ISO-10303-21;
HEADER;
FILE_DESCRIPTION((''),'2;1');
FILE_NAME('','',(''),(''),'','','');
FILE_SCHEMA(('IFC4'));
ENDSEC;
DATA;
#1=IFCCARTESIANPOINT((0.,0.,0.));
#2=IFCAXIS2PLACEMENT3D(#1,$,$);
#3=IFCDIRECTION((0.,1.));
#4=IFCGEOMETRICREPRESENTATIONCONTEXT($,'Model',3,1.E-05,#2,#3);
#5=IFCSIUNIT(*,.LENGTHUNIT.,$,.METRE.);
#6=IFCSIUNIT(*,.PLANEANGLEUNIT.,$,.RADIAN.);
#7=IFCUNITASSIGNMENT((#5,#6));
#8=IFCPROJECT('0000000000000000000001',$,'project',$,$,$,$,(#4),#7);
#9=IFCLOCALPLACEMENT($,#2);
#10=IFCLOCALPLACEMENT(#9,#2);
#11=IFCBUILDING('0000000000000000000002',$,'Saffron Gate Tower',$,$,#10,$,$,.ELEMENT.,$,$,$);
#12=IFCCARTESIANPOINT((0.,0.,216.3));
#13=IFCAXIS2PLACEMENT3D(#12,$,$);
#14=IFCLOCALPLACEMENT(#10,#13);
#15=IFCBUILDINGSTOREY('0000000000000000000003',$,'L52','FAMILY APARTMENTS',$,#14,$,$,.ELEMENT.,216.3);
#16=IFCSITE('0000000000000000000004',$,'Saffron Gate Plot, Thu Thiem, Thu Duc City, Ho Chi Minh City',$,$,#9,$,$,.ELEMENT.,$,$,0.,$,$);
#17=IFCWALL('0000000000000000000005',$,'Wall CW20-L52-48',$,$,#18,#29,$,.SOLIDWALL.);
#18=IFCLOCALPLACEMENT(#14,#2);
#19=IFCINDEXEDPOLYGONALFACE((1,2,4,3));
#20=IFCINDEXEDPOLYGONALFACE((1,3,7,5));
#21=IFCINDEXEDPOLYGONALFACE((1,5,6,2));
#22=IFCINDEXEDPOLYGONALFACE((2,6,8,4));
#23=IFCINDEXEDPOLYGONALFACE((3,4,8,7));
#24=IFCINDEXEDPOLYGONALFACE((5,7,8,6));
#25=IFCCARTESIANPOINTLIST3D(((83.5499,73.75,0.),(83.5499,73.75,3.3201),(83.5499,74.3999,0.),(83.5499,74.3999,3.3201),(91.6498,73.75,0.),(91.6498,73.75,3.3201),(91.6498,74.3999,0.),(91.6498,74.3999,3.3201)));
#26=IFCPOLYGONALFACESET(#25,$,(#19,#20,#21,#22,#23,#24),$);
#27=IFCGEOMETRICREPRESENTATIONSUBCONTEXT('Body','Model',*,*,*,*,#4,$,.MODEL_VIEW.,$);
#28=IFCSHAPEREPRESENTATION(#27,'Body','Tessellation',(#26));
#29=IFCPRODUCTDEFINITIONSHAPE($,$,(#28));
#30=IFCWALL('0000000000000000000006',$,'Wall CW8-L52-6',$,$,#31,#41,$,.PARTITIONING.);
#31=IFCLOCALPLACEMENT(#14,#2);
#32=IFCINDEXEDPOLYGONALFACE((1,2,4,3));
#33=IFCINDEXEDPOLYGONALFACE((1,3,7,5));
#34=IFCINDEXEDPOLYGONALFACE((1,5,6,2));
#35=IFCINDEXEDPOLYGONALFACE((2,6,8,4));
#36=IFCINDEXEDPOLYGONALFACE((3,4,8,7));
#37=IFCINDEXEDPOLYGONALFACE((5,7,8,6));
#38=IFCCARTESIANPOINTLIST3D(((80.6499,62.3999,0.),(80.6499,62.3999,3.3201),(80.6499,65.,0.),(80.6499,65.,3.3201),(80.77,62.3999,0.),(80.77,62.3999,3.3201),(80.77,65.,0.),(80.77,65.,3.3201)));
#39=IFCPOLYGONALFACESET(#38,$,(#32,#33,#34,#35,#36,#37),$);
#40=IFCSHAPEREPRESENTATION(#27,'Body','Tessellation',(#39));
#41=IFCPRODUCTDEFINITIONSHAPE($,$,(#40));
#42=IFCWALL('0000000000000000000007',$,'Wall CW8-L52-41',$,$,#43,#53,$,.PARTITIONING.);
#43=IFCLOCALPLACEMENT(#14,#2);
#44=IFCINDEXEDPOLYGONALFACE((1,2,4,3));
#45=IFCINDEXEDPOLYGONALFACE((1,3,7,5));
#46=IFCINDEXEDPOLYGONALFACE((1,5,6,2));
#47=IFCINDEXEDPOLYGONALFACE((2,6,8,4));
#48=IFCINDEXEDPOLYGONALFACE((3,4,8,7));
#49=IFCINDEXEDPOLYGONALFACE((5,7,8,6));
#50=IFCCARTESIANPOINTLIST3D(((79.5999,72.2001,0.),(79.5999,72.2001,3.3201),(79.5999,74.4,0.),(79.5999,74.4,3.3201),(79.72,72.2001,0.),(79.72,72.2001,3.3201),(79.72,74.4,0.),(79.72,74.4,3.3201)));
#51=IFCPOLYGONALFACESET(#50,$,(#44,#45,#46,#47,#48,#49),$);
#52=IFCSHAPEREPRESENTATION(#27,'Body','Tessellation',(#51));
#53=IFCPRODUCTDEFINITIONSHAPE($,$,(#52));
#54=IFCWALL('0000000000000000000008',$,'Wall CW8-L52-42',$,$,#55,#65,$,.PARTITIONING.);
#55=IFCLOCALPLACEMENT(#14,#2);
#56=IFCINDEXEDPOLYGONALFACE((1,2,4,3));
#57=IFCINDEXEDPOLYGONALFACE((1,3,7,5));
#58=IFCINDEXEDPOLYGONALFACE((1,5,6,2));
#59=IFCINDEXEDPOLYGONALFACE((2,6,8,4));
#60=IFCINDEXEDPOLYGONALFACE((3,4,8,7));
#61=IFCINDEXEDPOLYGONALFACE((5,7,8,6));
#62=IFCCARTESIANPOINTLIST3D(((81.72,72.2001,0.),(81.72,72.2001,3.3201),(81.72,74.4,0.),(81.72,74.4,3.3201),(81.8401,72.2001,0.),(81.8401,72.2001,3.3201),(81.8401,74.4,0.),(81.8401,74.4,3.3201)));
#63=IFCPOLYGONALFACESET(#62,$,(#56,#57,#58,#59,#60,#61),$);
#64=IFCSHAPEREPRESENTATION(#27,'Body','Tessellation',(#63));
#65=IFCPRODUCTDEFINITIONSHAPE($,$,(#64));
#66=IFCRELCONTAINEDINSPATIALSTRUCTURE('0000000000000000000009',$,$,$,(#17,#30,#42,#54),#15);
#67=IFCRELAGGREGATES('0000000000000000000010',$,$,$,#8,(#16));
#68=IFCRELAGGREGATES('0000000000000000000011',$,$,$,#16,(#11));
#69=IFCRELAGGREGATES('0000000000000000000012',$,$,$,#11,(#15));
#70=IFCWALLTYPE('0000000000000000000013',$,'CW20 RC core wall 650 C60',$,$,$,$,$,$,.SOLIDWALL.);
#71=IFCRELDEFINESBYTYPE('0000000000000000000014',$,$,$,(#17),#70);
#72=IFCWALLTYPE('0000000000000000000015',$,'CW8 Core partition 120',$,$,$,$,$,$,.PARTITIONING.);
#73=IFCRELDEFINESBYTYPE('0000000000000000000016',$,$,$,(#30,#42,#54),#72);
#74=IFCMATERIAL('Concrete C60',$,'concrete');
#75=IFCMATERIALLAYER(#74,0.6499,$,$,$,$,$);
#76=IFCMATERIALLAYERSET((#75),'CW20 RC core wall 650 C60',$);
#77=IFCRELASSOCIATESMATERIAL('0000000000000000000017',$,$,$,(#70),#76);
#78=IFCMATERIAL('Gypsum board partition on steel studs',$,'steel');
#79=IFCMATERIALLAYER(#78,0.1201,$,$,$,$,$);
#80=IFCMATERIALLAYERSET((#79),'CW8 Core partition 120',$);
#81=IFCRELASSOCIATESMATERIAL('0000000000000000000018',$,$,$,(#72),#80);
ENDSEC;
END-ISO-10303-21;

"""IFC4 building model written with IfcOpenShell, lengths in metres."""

from ifc_helpers import new_model, si_unit, direction, frame, frame_2d, origin, place, context, subcontext, project, spatial, rectangle, extrude, material, layer, layer_set, type_object, element, save


model = new_model("IFC4")

# Units and contexts
model_context = context("Model", 3, precision=1e-05, world=origin(), true_north=direction((0.0, 1.0)))
body_context = subcontext(model_context, "Body", "Model", "MODEL_VIEW")
ifc_project = project(units=[si_unit("LENGTHUNIT", "METRE"), si_unit("PLANEANGLEUNIT", "RADIAN")], contexts=[model_context])

# Site, building, storey
site_placement = place(None, origin())
site = spatial("IfcSite", under=ifc_project, at=site_placement, Name="Saffron Gate Plot, Thu Thiem, Thu Duc City, Ho Chi Minh City", CompositionType="ELEMENT", RefElevation=0.0)
building_placement = place(site_placement, origin())
building = spatial("IfcBuilding", under=site, at=building_placement, Name="Saffron Gate Tower", CompositionType="ELEMENT")
storey_placement = place(building_placement, frame((0.0, 0.0, 216.3)))
storey = spatial("IfcBuildingStorey", under=building, at=storey_placement, Name="L52", Description="FAMILY APARTMENTS", CompositionType="ELEMENT", Elevation=216.3)

# Shared definitions
ifc_material_1 = material(Name="Gypsum board partition on steel studs", Category="steel")

# Shared definitions
ifc_material_2 = material(Name="Concrete C60", Category="concrete")

# Walls
ifc_layer_1 = layer(ifc_material_2, 0.6499)
ifc_layer_set_1 = layer_set([ifc_layer_1], Name="CW20 RC core wall 650 C60")
wall_type_1 = type_object("IfcWallType", Name="CW20 RC core wall 650 C60", PredefinedType="SOLIDWALL", material=ifc_layer_set_1)
wall_1_placement = place(storey_placement, frame((83.55, 74.075, 0.0), z_axis=(0.0, 0.0, 1.0), x_axis=(1.0, 0.0, 0.0)))
element("IfcWall", 1, at=wall_1_placement, inside=storey, type_object=wall_type_1, Name="Wall CW20-L52-48", PredefinedType="SOLIDWALL", context=body_context, shape_type="SweptSolid", body=[
    extrude(rectangle(XDim=8.0999, YDim=0.6499, at=frame_2d((4.0498, 0.0))), origin(), (0.0, 0.0, 1.0), 3.3201),
])
ifc_layer_2 = layer(ifc_material_1, 0.1201)
ifc_layer_set_2 = layer_set([ifc_layer_2], Name="CW8 Core partition 120")
wall_type_2 = type_object("IfcWallType", Name="CW8 Core partition 120", PredefinedType="PARTITIONING", material=ifc_layer_set_2)
wall_2_placement = place(storey_placement, frame((80.71, 62.3999, 0.0), z_axis=(0.0, 0.0, 1.0), x_axis=(0.0, 1.0, 0.0)))
element("IfcWall", 2, at=wall_2_placement, inside=storey, type_object=wall_type_2, Name="Wall CW8-L52-6", PredefinedType="PARTITIONING", context=body_context, shape_type="SweptSolid", body=[
    extrude(rectangle(XDim=2.6001, YDim=0.1201, at=frame_2d((1.3, 0.0))), origin(), (0.0, 0.0, 1.0), 3.3201),
])
for number, where, z_axis, x_axis, name in (
    (3, (79.6599, 72.2, 0.0), (0.0, 0.0, 1.0), (0.0, 1.0, 0.0), "Wall CW8-L52-41"),
    (4, (81.78, 72.2, 0.0), (0.0, 0.0, 1.0), (0.0, 1.0, 0.0), "Wall CW8-L52-42"),
):
    element("IfcWall", number, at=place(storey_placement, frame(where, z_axis=z_axis, x_axis=x_axis)), inside=storey, type_object=wall_type_2, Name=name, PredefinedType="PARTITIONING", context=body_context, shape_type="SweptSolid", body=[
        extrude(rectangle(XDim=2.2, YDim=0.1201, at=frame_2d((1.1001, 0.0))), origin(), (0.0, 0.0, 1.0), 3.3201),
    ])

save(model, "model.ifc")
